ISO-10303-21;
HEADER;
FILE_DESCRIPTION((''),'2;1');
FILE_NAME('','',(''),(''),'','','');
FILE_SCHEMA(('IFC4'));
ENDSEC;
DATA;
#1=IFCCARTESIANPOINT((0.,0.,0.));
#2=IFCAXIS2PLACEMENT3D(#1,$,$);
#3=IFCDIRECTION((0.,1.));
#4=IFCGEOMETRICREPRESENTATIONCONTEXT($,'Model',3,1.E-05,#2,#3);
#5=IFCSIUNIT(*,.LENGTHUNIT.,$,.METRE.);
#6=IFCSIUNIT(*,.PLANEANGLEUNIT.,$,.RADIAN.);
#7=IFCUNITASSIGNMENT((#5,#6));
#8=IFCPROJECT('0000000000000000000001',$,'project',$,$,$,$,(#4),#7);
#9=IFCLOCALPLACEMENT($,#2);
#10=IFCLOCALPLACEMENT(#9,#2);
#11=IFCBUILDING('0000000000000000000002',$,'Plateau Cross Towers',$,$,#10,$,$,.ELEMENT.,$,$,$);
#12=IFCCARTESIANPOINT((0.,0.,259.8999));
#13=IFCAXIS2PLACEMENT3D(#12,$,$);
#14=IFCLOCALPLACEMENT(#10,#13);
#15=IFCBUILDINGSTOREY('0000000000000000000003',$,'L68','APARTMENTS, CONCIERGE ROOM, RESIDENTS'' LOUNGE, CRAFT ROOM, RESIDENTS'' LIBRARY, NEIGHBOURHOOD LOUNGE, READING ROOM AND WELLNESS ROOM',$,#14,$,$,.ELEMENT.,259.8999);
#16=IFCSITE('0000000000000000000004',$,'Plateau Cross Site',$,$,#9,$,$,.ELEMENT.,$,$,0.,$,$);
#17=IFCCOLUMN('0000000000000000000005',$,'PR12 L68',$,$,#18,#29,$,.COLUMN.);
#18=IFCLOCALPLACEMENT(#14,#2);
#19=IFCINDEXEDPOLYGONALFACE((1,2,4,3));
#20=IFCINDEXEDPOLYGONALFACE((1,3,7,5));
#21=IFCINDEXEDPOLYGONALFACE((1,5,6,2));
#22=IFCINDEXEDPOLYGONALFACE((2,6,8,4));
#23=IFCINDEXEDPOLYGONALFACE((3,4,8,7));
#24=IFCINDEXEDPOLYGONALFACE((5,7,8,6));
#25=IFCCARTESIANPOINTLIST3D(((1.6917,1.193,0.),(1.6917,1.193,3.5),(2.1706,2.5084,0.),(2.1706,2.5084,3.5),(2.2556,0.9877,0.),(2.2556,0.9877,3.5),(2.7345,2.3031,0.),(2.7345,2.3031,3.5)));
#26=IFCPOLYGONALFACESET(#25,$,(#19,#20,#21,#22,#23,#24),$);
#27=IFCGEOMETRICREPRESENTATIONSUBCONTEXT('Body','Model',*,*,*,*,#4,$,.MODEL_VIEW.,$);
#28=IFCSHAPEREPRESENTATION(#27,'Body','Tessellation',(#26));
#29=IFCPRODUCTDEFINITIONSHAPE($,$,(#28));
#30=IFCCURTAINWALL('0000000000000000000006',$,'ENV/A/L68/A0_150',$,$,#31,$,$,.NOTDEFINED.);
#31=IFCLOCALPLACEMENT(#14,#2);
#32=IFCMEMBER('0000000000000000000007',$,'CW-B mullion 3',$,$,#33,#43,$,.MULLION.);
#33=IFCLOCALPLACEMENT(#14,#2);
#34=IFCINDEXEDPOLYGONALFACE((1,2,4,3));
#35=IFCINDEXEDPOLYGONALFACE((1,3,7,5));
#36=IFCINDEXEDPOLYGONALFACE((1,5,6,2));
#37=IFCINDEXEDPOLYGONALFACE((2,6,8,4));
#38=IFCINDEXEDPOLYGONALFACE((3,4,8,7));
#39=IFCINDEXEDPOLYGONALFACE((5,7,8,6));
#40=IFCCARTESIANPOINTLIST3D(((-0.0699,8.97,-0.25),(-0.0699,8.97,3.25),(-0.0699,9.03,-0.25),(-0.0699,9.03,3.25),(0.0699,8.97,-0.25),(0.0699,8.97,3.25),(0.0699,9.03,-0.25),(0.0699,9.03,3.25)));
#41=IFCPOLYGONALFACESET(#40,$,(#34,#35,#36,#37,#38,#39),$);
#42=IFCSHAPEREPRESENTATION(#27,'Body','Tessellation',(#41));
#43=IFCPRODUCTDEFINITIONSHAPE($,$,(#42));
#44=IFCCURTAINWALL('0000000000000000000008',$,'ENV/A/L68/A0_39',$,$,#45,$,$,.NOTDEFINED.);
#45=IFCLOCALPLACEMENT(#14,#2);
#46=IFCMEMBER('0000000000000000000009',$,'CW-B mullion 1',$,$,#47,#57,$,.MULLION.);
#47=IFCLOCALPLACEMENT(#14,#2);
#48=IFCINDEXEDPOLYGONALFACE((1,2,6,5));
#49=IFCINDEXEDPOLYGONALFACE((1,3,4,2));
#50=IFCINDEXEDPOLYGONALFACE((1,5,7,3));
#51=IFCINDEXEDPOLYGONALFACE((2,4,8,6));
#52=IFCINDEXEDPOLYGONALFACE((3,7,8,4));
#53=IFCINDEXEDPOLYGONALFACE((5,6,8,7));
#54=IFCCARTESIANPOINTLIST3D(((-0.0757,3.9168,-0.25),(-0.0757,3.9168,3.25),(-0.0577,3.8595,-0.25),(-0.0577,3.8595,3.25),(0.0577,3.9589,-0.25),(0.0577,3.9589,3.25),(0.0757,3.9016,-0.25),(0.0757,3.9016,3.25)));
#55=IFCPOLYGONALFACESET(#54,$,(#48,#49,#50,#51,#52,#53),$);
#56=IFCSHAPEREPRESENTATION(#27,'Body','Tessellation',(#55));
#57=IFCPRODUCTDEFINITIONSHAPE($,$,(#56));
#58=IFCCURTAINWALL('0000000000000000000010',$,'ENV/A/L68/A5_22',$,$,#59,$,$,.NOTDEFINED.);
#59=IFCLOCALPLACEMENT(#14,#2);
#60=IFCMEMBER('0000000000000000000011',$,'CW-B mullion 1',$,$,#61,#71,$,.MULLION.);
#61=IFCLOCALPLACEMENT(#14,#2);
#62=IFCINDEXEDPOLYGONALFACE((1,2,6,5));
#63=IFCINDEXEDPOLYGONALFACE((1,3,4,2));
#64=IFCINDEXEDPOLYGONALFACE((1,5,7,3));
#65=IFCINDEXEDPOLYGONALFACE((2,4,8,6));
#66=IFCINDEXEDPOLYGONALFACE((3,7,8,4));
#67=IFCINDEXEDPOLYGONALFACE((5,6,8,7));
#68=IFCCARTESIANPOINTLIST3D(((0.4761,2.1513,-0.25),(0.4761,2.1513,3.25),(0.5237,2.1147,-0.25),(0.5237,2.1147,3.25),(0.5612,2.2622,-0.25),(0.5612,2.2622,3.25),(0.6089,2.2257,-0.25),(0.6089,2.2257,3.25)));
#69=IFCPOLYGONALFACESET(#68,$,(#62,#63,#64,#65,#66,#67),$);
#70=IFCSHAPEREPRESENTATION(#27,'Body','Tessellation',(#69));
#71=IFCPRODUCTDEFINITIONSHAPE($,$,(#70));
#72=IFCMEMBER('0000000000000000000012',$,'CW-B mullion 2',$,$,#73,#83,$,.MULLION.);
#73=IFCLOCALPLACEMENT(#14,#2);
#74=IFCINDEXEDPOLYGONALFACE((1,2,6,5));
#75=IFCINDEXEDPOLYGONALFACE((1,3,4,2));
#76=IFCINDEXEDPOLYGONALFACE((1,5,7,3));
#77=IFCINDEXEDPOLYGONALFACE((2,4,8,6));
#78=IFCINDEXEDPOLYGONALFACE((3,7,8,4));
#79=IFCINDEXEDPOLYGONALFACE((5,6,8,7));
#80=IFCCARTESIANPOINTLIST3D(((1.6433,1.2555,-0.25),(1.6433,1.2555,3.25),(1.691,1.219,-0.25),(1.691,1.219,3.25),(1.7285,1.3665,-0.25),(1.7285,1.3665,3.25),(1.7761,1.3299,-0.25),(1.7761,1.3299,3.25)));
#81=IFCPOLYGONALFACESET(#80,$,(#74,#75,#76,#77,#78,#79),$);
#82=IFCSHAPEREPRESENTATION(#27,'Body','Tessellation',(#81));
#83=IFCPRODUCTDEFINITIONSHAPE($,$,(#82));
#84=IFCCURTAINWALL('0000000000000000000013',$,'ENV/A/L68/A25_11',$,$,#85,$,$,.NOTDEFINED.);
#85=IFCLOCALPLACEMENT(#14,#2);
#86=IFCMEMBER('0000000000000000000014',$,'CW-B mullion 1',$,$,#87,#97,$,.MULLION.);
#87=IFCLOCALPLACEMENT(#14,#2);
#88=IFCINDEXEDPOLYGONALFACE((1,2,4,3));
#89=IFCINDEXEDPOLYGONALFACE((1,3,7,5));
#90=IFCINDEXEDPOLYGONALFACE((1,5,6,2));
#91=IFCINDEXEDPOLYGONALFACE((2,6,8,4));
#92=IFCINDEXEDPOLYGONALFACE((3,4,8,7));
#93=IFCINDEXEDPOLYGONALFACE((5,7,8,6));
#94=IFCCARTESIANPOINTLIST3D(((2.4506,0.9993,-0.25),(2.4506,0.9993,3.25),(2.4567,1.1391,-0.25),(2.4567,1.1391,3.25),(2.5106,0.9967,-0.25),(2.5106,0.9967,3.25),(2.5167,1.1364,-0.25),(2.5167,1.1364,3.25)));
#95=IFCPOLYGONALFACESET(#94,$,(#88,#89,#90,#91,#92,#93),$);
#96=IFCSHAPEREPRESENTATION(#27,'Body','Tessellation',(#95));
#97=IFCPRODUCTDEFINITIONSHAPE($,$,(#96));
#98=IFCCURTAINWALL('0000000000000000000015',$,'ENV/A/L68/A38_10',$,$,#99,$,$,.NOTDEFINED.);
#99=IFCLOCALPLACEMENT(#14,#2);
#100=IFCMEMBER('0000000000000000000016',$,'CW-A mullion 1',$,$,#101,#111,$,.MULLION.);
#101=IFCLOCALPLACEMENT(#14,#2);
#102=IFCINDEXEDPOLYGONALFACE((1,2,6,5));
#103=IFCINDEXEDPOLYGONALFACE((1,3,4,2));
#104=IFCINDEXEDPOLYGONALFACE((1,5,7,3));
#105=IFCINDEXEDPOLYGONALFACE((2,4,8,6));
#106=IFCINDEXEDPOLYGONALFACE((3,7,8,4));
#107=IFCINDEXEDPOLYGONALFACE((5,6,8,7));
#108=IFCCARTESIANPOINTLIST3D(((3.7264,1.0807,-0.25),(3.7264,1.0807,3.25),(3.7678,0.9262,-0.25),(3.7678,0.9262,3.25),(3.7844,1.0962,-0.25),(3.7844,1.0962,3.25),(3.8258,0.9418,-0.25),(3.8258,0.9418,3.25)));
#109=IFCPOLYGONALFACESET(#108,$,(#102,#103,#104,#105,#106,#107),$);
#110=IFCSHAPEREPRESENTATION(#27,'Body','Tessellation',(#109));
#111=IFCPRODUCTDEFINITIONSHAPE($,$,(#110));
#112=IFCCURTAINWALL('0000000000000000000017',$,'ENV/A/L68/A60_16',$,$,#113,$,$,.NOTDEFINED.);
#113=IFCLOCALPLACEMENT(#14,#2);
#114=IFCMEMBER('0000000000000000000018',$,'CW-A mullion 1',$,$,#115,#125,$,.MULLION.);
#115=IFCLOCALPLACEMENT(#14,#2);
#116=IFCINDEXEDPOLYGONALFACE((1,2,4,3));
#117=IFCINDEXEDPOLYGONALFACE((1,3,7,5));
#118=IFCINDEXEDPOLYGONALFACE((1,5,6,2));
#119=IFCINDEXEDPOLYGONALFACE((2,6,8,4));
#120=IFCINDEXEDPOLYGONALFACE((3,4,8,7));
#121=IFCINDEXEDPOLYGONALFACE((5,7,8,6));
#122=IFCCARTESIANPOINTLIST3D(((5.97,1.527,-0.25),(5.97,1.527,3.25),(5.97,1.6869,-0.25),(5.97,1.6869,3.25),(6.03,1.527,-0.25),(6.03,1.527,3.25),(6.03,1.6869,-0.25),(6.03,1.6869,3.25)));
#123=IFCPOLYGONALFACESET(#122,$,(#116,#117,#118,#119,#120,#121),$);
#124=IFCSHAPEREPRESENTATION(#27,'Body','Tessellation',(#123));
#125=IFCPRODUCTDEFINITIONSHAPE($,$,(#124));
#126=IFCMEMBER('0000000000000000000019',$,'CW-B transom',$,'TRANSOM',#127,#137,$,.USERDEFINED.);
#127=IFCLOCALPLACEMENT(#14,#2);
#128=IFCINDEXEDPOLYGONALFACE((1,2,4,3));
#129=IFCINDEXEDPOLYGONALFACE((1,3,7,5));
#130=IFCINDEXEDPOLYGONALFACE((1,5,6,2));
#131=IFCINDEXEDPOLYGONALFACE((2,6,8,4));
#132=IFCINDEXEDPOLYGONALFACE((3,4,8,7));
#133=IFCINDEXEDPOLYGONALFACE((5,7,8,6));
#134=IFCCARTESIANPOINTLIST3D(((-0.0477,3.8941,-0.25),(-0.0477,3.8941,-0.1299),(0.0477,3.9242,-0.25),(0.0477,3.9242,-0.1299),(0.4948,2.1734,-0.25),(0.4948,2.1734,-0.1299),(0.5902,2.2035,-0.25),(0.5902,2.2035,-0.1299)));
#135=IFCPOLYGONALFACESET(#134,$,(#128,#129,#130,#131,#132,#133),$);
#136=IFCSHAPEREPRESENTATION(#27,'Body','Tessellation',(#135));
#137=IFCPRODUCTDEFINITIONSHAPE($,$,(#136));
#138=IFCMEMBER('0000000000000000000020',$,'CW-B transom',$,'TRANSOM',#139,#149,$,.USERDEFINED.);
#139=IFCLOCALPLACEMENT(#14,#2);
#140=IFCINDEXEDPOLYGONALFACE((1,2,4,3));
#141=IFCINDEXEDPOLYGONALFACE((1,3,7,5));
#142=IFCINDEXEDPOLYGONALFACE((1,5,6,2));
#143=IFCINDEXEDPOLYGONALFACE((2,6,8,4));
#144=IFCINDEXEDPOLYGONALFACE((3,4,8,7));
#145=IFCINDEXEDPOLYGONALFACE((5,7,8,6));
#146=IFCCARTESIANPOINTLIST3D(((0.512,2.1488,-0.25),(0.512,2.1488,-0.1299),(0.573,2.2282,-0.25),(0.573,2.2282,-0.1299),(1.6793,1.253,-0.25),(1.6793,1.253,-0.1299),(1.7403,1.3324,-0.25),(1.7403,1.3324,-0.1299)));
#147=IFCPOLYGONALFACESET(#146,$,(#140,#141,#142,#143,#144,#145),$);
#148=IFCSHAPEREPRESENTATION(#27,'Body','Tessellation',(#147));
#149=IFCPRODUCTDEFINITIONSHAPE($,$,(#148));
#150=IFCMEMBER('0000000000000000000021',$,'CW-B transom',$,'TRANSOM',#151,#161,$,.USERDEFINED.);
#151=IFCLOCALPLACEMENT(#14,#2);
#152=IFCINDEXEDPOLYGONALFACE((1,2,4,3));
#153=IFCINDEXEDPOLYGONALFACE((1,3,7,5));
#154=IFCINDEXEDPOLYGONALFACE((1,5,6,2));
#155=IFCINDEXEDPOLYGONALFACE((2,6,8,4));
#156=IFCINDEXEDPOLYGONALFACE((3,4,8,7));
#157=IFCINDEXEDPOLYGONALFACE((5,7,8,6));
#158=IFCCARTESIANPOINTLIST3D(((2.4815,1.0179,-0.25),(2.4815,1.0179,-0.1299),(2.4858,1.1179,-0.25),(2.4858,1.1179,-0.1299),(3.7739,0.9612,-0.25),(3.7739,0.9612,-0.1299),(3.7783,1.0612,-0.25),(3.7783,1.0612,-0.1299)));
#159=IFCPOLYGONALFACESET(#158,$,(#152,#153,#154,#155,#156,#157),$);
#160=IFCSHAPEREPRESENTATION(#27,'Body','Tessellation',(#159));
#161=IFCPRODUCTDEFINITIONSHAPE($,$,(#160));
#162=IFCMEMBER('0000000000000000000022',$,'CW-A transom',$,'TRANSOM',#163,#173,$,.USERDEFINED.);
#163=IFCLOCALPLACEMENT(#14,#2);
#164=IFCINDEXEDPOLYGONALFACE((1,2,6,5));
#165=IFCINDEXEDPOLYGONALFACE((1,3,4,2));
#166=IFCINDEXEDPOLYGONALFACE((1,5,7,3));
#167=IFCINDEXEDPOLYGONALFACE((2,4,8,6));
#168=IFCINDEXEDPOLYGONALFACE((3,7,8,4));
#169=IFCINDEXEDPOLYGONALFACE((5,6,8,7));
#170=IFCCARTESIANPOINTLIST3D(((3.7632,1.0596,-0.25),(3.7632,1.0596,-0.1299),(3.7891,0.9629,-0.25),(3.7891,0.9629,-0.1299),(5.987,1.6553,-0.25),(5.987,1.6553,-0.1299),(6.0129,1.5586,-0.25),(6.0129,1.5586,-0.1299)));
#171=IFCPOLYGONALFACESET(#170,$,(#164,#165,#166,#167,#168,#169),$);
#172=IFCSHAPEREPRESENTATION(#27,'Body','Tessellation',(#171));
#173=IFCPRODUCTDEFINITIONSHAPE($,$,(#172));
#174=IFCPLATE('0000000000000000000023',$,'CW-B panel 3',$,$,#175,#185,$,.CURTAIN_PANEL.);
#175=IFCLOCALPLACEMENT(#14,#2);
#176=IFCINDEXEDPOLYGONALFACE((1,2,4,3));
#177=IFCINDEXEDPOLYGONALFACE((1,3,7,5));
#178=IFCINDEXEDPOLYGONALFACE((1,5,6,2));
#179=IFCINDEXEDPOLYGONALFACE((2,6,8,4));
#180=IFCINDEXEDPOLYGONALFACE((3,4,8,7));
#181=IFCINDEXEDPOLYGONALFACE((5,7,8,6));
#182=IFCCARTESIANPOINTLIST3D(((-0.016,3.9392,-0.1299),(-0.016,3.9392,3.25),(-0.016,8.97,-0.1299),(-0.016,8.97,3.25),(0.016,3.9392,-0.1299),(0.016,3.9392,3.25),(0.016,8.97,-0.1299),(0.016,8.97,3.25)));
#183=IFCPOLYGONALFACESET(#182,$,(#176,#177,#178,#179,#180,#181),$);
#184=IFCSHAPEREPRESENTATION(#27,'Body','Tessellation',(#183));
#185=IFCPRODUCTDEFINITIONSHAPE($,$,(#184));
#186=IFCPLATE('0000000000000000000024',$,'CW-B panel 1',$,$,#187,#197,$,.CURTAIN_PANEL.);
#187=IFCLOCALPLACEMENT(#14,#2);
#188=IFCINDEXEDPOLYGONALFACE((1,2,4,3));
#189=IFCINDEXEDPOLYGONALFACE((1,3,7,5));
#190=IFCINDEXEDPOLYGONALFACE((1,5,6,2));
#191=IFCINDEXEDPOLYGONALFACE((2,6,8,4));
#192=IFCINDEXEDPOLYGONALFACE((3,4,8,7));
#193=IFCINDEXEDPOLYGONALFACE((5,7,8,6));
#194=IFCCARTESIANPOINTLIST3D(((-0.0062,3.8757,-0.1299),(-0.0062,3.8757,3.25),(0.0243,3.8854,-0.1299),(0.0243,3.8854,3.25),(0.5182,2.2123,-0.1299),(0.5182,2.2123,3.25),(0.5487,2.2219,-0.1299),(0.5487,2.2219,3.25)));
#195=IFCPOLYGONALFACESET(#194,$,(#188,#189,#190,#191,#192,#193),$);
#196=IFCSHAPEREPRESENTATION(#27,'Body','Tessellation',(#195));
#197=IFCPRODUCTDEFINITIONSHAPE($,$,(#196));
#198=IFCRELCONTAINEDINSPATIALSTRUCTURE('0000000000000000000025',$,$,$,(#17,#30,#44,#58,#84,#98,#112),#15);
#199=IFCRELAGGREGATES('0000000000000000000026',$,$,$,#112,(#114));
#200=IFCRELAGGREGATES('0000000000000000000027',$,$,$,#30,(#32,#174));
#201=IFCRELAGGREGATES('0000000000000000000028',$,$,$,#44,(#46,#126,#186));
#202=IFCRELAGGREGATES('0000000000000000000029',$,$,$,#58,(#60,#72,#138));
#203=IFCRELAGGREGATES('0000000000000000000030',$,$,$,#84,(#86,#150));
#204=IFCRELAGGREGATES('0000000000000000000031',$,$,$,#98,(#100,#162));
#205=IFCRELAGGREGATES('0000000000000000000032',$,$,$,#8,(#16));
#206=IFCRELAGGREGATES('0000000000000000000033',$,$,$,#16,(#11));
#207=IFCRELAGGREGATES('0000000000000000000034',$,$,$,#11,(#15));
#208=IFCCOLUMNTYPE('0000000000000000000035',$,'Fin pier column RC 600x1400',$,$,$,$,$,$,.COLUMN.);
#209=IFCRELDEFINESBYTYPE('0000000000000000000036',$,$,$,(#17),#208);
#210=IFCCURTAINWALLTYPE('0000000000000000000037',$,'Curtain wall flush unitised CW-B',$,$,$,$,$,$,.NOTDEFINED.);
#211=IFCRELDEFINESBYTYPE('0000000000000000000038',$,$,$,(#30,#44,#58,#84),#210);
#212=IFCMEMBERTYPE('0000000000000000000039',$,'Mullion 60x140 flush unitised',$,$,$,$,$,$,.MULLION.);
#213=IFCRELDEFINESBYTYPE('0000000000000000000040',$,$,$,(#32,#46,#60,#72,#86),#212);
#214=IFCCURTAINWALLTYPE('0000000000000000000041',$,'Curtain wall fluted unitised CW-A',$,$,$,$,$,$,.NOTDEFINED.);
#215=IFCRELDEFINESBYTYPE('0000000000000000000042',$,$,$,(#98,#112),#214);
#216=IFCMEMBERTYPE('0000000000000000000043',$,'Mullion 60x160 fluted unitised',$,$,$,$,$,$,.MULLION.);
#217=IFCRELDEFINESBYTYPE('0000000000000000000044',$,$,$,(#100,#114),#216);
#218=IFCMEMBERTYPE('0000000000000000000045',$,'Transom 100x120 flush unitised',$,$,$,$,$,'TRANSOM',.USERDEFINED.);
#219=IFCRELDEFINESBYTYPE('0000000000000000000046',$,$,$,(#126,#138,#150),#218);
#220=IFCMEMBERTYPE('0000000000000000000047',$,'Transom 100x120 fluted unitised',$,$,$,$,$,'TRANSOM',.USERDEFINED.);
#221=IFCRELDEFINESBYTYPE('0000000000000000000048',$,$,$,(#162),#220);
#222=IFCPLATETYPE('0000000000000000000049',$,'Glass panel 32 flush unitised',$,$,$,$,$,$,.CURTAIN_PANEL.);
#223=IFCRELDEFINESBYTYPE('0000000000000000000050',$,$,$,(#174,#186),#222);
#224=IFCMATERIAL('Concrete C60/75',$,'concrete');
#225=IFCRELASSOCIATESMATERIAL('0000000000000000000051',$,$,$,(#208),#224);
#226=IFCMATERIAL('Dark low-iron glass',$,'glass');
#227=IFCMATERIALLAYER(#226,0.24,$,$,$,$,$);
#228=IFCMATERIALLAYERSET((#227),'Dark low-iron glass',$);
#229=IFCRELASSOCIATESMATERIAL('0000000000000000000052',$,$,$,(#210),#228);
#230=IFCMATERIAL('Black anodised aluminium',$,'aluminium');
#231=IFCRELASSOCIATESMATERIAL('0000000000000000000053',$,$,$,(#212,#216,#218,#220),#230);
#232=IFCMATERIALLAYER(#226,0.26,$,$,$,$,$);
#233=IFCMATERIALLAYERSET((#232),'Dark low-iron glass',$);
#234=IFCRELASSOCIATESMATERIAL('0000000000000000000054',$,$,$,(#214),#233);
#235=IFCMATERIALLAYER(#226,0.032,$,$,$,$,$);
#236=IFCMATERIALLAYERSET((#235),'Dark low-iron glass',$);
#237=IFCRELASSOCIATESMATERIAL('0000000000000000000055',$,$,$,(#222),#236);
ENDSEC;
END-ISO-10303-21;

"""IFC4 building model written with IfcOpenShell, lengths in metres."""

from ifc_helpers import new_model, si_unit, direction, frame, origin, origin_2d, place, context, subcontext, project, spatial, rectangle, extrude, material, layer, layer_set, material_profile, profile_set, type_object, element, aggregate, save


model = new_model("IFC4")

# Units and contexts
model_context = context("Model", 3, precision=1e-05, world=origin(), true_north=direction((0.0, 1.0)))
body_context = subcontext(model_context, "Body", "Model", "MODEL_VIEW")
ifc_project = project(units=[si_unit("LENGTHUNIT", "METRE"), si_unit("PLANEANGLEUNIT", "RADIAN")], contexts=[model_context])

# Site, building, storey
site_placement = place(None, origin())
site = spatial("IfcSite", under=ifc_project, at=site_placement, Name="Plateau Cross Site", CompositionType="ELEMENT", RefElevation=0.0)
building_placement = place(site_placement, origin())
building = spatial("IfcBuilding", under=site, at=building_placement, Name="Plateau Cross Towers", CompositionType="ELEMENT")
storey_placement = place(building_placement, frame((0.0, 0.0, 259.8999)))
storey = spatial("IfcBuildingStorey", under=building, at=storey_placement, Name="L68", Description="APARTMENTS, CONCIERGE ROOM, RESIDENTS' LOUNGE, CRAFT ROOM, RESIDENTS' LIBRARY, NEIGHBOURHOOD LOUNGE, READING ROOM AND WELLNESS ROOM", CompositionType="ELEMENT", Elevation=259.8999)

# Column
ifc_material_1 = material(Name="Concrete C60/75", Category="concrete")
ifc_material_profile_1 = material_profile(ifc_material_1, rectangle(XDim=0.6001, YDim=1.3999, at=origin_2d()), Name="RC 600x1400")
ifc_profile_set_1 = profile_set([ifc_material_profile_1], Name="Concrete C60/75")
column_type = type_object("IfcColumnType", Name="Fin pier column RC 600x1400", PredefinedType="COLUMN", material=ifc_profile_set_1)
column_placement = place(storey_placement, frame((2.2131, 1.748, 0.0), z_axis=(0.0, 0.0, 1.0), x_axis=(-0.939664, 0.342098, 0.0)))
element("IfcColumn", 1, at=column_placement, inside=storey, type_object=column_type, Name="PR12 L68", PredefinedType="COLUMN", context=body_context, shape_type="SweptSolid", body=[
    extrude(rectangle(XDim=0.6001, YDim=1.3999, at=origin_2d()), origin(), (0.0, 0.0, 1.0), 3.5),
])

# Curtain walls, members
ifc_material_2 = material(Name="Dark low-iron glass", Category="glass")
ifc_layer_1 = layer(ifc_material_2, 0.24)
ifc_layer_set_1 = layer_set([ifc_layer_1], Name="Dark low-iron glass")
curtain_wall_type_1 = type_object("IfcCurtainWallType", Name="Curtain wall flush unitised CW-B", PredefinedType="NOTDEFINED", material=ifc_layer_set_1)
curtain_wall_1_placement = place(storey_placement, origin())
curtain_wall_1 = element("IfcCurtainWall", 2, at=curtain_wall_1_placement, inside=storey, type_object=curtain_wall_type_1, Name="ENV/A/L68/A0_150", PredefinedType="NOTDEFINED")
ifc_material_3 = material(Name="Black anodised aluminium", Category="aluminium")
ifc_material_profile_2 = material_profile(ifc_material_3, rectangle(XDim=0.0601, YDim=0.1399, at=origin_2d()), Name="MULLION 60x140")
ifc_profile_set_2 = profile_set([ifc_material_profile_2], Name="Black anodised aluminium")
member_type_1 = type_object("IfcMemberType", Name="Mullion 60x140 flush unitised", PredefinedType="MULLION", material=ifc_profile_set_2)
member_1_placement = place(storey_placement, frame((0.0, 9.0, -0.25), z_axis=(0.0, 0.0, 1.0), x_axis=(0.0, -1.0, 0.0)))
member_1 = element("IfcMember", 3, at=member_1_placement, type_object=member_type_1, Name="CW-B mullion 3", PredefinedType="MULLION", context=body_context, shape_type="SweptSolid", body=[
    extrude(rectangle(XDim=0.0601, YDim=0.1399, at=origin_2d()), origin(), (0.0, 0.0, 1.0), 3.5),
])
curtain_wall_2_placement = place(storey_placement, origin())
curtain_wall_2 = element("IfcCurtainWall", 4, at=curtain_wall_2_placement, inside=storey, type_object=curtain_wall_type_1, Name="ENV/A/L68/A0_39", PredefinedType="NOTDEFINED")
member_2_placement = place(storey_placement, frame((0.0, 3.9092, -0.25), z_axis=(0.0, 0.0, 1.0), x_axis=(0.300686, -0.953723, 0.0)))
member_2 = element("IfcMember", 5, at=member_2_placement, type_object=member_type_1, Name="CW-B mullion 1", PredefinedType="MULLION", context=body_context, shape_type="SweptSolid", body=[
    extrude(rectangle(XDim=0.0601, YDim=0.1399, at=origin_2d()), origin(), (0.0, 0.0, 1.0), 3.5),
])

# Curtain wall, members
curtain_wall_3_placement = place(storey_placement, origin())
curtain_wall_3 = element("IfcCurtainWall", 6, at=curtain_wall_3_placement, inside=storey, type_object=curtain_wall_type_1, Name="ENV/A/L68/A5_22", PredefinedType="NOTDEFINED")
member_3_placement = place(storey_placement, frame((0.5425, 2.1885, -0.25), z_axis=(0.0, 0.0, 1.0), x_axis=(0.793316, -0.608811, 0.0)))
member_3 = element("IfcMember", 7, at=member_3_placement, type_object=member_type_1, Name="CW-B mullion 1", PredefinedType="MULLION", context=body_context, shape_type="SweptSolid", body=[
    extrude(rectangle(XDim=0.0601, YDim=0.1399, at=origin_2d()), origin(), (0.0, 0.0, 1.0), 3.5),
])
member_4_placement = place(storey_placement, frame((1.7097, 1.2927, -0.25), z_axis=(0.0, 0.0, 1.0), x_axis=(0.793316, -0.608811, 0.0)))
member_4 = element("IfcMember", 8, at=member_4_placement, type_object=member_type_1, Name="CW-B mullion 2", PredefinedType="MULLION", context=body_context, shape_type="SweptSolid", body=[
    extrude(rectangle(XDim=0.0601, YDim=0.1399, at=origin_2d()), origin(), (0.0, 0.0, 1.0), 3.5),
])

# Curtain walls, members
curtain_wall_4_placement = place(storey_placement, origin())
curtain_wall_4 = element("IfcCurtainWall", 9, at=curtain_wall_4_placement, inside=storey, type_object=curtain_wall_type_1, Name="ENV/A/L68/A25_11", PredefinedType="NOTDEFINED")
member_5_placement = place(storey_placement, frame((2.4836, 1.0679, -0.25), z_axis=(0.0, 0.0, 1.0), x_axis=(0.999044, -0.043723, 0.0)))
member_5 = element("IfcMember", 10, at=member_5_placement, type_object=member_type_1, Name="CW-B mullion 1", PredefinedType="MULLION", context=body_context, shape_type="SweptSolid", body=[
    extrude(rectangle(XDim=0.0601, YDim=0.1399, at=origin_2d()), origin(), (0.0, 0.0, 1.0), 3.5),
])
ifc_layer_2 = layer(ifc_material_2, 0.26)
ifc_layer_set_2 = layer_set([ifc_layer_2], Name="Dark low-iron glass")
curtain_wall_type_2 = type_object("IfcCurtainWallType", Name="Curtain wall fluted unitised CW-A", PredefinedType="NOTDEFINED", material=ifc_layer_set_2)
curtain_wall_5_placement = place(storey_placement, origin())
curtain_wall_5 = element("IfcCurtainWall", 11, at=curtain_wall_5_placement, inside=storey, type_object=curtain_wall_type_2, Name="ENV/A/L68/A38_10", PredefinedType="NOTDEFINED")
ifc_material_profile_3 = material_profile(ifc_material_3, rectangle(XDim=0.0601, YDim=0.1599, at=origin_2d()), Name="MULLION 60x160")
ifc_profile_set_3 = profile_set([ifc_material_profile_3], Name="Black anodised aluminium")
member_type_2 = type_object("IfcMemberType", Name="Mullion 60x160 fluted unitised", PredefinedType="MULLION", material=ifc_profile_set_3)
member_6_placement = place(storey_placement, frame((3.7761, 1.0112, -0.25), z_axis=(0.0, 0.0, 1.0), x_axis=(0.965958, 0.258699, 0.0)))
member_6 = element("IfcMember", 12, at=member_6_placement, type_object=member_type_2, Name="CW-A mullion 1", PredefinedType="MULLION", context=body_context, shape_type="SweptSolid", body=[
    extrude(rectangle(XDim=0.0601, YDim=0.1599, at=origin_2d()), origin(), (0.0, 0.0, 1.0), 3.5),
])
curtain_wall_6_placement = place(storey_placement, origin())
curtain_wall_6 = element("IfcCurtainWall", 13, at=curtain_wall_6_placement, inside=storey, type_object=curtain_wall_type_2, Name="ENV/A/L68/A60_16", PredefinedType="NOTDEFINED")
member_7_placement = place(storey_placement, frame((6.0, 1.6069, -0.25), z_axis=(0.0, 0.0, 1.0), x_axis=(1.0, 0.0, 0.0)))
member_7 = element("IfcMember", 14, at=member_7_placement, type_object=member_type_2, Name="CW-A mullion 1", PredefinedType="MULLION", context=body_context, shape_type="SweptSolid", body=[
    extrude(rectangle(XDim=0.0601, YDim=0.1599, at=origin_2d()), origin(), (0.0, 0.0, 1.0), 3.5),
])
aggregate(curtain_wall_6, [member_7])

# Members
ifc_material_profile_4 = material_profile(ifc_material_3, rectangle(XDim=0.1001, YDim=0.1201, at=origin_2d()), Name="TRANSOM 100x120")
ifc_profile_set_4 = profile_set([ifc_material_profile_4], Name="Black anodised aluminium")
member_type_3 = type_object("IfcMemberType", Name="Transom 100x120 flush unitised", ElementType="TRANSOM", PredefinedType="USERDEFINED", material=ifc_profile_set_4)
member_8_placement = place(storey_placement, frame((0.0, 3.9092, -0.1899), z_axis=(0.300678, -0.953726, 0.0), x_axis=(0.953726, 0.300678, 0.0)))
member_8 = element("IfcMember", 15, at=member_8_placement, type_object=member_type_3, Name="CW-B transom", ObjectType="TRANSOM", PredefinedType="USERDEFINED", context=body_context, shape_type="SweptSolid", body=[
    extrude(rectangle(XDim=0.1001, YDim=0.1201, at=origin_2d()), origin(), (0.0, 0.0, 1.0), 1.8042),
])
member_9_placement = place(storey_placement, frame((0.5425, 2.1885, -0.1899), z_axis=(0.793321, -0.608804, 0.0), x_axis=(0.608804, 0.793321, 0.0)))
member_9 = element("IfcMember", 16, at=member_9_placement, type_object=member_type_3, Name="CW-B transom", ObjectType="TRANSOM", PredefinedType="USERDEFINED", context=body_context, shape_type="SweptSolid", body=[
    extrude(rectangle(XDim=0.1001, YDim=0.1201, at=origin_2d()), origin(), (0.0, 0.0, 1.0), 1.4714),
])
member_10_placement = place(storey_placement, frame((2.4836, 1.0679, -0.1899), z_axis=(0.999041, -0.043781, 0.0), x_axis=(0.043781, 0.999041, 0.0)))
member_10 = element("IfcMember", 17, at=member_10_placement, type_object=member_type_3, Name="CW-B transom", ObjectType="TRANSOM", PredefinedType="USERDEFINED", context=body_context, shape_type="SweptSolid", body=[
    extrude(rectangle(XDim=0.1001, YDim=0.1201, at=origin_2d()), origin(), (0.0, 0.0, 1.0), 1.2937),
])
ifc_material_profile_5 = material_profile(ifc_material_3, rectangle(XDim=0.1001, YDim=0.1201, at=origin_2d()), Name="TRANSOM 100x120")
ifc_profile_set_5 = profile_set([ifc_material_profile_5], Name="Black anodised aluminium")
member_type_4 = type_object("IfcMemberType", Name="Transom 100x120 fluted unitised", ElementType="TRANSOM", PredefinedType="USERDEFINED", material=ifc_profile_set_5)
member_11_placement = place(storey_placement, frame((3.7761, 1.0112, -0.1899), z_axis=(0.965946, 0.258745, 0.0), x_axis=(-0.258745, 0.965946, 0.0)))
member_11 = element("IfcMember", 18, at=member_11_placement, type_object=member_type_4, Name="CW-A transom", ObjectType="TRANSOM", PredefinedType="USERDEFINED", context=body_context, shape_type="SweptSolid", body=[
    extrude(rectangle(XDim=0.1001, YDim=0.1201, at=origin_2d()), origin(), (0.0, 0.0, 1.0), 2.3022),
])

# Plates
ifc_layer_3 = layer(ifc_material_2, 0.032)
ifc_layer_set_3 = layer_set([ifc_layer_3], Name="Dark low-iron glass")
plate_type_1 = type_object("IfcPlateType", Name="Glass panel 32 flush unitised", PredefinedType="CURTAIN_PANEL", material=ifc_layer_set_3)
plate_1_placement = place(storey_placement, frame((0.0, 6.4546, -0.1299), z_axis=(0.0, 0.0, 1.0), x_axis=(0.0, -1.0, 0.0)))
plate_1 = element("IfcPlate", 19, at=plate_1_placement, type_object=plate_type_1, Name="CW-B panel 3", PredefinedType="CURTAIN_PANEL", context=body_context, shape_type="SweptSolid", body=[
    extrude(rectangle(XDim=5.0308, YDim=0.032, at=origin_2d()), origin(), (0.0, 0.0, 1.0), 3.3799),
])
aggregate(curtain_wall_1, [member_1, plate_1])
plate_2_placement = place(storey_placement, frame((0.2712, 3.0488, -0.1299), z_axis=(0.0, 0.0, 1.0), x_axis=(0.300686, -0.953723, 0.0)))
plate_2 = element("IfcPlate", 20, at=plate_2_placement, type_object=plate_type_1, Name="CW-B panel 1", PredefinedType="CURTAIN_PANEL", context=body_context, shape_type="SweptSolid", body=[
    extrude(rectangle(XDim=1.7441, YDim=0.032, at=origin_2d()), origin(), (0.0, 0.0, 1.0), 3.3799),
])
aggregate(curtain_wall_2, [member_2, member_8, plate_2])
aggregate(curtain_wall_3, [member_3, member_4, member_9])
aggregate(curtain_wall_4, [member_5, member_10])
aggregate(curtain_wall_5, [member_6, member_11])

save(model, "model.ifc")
